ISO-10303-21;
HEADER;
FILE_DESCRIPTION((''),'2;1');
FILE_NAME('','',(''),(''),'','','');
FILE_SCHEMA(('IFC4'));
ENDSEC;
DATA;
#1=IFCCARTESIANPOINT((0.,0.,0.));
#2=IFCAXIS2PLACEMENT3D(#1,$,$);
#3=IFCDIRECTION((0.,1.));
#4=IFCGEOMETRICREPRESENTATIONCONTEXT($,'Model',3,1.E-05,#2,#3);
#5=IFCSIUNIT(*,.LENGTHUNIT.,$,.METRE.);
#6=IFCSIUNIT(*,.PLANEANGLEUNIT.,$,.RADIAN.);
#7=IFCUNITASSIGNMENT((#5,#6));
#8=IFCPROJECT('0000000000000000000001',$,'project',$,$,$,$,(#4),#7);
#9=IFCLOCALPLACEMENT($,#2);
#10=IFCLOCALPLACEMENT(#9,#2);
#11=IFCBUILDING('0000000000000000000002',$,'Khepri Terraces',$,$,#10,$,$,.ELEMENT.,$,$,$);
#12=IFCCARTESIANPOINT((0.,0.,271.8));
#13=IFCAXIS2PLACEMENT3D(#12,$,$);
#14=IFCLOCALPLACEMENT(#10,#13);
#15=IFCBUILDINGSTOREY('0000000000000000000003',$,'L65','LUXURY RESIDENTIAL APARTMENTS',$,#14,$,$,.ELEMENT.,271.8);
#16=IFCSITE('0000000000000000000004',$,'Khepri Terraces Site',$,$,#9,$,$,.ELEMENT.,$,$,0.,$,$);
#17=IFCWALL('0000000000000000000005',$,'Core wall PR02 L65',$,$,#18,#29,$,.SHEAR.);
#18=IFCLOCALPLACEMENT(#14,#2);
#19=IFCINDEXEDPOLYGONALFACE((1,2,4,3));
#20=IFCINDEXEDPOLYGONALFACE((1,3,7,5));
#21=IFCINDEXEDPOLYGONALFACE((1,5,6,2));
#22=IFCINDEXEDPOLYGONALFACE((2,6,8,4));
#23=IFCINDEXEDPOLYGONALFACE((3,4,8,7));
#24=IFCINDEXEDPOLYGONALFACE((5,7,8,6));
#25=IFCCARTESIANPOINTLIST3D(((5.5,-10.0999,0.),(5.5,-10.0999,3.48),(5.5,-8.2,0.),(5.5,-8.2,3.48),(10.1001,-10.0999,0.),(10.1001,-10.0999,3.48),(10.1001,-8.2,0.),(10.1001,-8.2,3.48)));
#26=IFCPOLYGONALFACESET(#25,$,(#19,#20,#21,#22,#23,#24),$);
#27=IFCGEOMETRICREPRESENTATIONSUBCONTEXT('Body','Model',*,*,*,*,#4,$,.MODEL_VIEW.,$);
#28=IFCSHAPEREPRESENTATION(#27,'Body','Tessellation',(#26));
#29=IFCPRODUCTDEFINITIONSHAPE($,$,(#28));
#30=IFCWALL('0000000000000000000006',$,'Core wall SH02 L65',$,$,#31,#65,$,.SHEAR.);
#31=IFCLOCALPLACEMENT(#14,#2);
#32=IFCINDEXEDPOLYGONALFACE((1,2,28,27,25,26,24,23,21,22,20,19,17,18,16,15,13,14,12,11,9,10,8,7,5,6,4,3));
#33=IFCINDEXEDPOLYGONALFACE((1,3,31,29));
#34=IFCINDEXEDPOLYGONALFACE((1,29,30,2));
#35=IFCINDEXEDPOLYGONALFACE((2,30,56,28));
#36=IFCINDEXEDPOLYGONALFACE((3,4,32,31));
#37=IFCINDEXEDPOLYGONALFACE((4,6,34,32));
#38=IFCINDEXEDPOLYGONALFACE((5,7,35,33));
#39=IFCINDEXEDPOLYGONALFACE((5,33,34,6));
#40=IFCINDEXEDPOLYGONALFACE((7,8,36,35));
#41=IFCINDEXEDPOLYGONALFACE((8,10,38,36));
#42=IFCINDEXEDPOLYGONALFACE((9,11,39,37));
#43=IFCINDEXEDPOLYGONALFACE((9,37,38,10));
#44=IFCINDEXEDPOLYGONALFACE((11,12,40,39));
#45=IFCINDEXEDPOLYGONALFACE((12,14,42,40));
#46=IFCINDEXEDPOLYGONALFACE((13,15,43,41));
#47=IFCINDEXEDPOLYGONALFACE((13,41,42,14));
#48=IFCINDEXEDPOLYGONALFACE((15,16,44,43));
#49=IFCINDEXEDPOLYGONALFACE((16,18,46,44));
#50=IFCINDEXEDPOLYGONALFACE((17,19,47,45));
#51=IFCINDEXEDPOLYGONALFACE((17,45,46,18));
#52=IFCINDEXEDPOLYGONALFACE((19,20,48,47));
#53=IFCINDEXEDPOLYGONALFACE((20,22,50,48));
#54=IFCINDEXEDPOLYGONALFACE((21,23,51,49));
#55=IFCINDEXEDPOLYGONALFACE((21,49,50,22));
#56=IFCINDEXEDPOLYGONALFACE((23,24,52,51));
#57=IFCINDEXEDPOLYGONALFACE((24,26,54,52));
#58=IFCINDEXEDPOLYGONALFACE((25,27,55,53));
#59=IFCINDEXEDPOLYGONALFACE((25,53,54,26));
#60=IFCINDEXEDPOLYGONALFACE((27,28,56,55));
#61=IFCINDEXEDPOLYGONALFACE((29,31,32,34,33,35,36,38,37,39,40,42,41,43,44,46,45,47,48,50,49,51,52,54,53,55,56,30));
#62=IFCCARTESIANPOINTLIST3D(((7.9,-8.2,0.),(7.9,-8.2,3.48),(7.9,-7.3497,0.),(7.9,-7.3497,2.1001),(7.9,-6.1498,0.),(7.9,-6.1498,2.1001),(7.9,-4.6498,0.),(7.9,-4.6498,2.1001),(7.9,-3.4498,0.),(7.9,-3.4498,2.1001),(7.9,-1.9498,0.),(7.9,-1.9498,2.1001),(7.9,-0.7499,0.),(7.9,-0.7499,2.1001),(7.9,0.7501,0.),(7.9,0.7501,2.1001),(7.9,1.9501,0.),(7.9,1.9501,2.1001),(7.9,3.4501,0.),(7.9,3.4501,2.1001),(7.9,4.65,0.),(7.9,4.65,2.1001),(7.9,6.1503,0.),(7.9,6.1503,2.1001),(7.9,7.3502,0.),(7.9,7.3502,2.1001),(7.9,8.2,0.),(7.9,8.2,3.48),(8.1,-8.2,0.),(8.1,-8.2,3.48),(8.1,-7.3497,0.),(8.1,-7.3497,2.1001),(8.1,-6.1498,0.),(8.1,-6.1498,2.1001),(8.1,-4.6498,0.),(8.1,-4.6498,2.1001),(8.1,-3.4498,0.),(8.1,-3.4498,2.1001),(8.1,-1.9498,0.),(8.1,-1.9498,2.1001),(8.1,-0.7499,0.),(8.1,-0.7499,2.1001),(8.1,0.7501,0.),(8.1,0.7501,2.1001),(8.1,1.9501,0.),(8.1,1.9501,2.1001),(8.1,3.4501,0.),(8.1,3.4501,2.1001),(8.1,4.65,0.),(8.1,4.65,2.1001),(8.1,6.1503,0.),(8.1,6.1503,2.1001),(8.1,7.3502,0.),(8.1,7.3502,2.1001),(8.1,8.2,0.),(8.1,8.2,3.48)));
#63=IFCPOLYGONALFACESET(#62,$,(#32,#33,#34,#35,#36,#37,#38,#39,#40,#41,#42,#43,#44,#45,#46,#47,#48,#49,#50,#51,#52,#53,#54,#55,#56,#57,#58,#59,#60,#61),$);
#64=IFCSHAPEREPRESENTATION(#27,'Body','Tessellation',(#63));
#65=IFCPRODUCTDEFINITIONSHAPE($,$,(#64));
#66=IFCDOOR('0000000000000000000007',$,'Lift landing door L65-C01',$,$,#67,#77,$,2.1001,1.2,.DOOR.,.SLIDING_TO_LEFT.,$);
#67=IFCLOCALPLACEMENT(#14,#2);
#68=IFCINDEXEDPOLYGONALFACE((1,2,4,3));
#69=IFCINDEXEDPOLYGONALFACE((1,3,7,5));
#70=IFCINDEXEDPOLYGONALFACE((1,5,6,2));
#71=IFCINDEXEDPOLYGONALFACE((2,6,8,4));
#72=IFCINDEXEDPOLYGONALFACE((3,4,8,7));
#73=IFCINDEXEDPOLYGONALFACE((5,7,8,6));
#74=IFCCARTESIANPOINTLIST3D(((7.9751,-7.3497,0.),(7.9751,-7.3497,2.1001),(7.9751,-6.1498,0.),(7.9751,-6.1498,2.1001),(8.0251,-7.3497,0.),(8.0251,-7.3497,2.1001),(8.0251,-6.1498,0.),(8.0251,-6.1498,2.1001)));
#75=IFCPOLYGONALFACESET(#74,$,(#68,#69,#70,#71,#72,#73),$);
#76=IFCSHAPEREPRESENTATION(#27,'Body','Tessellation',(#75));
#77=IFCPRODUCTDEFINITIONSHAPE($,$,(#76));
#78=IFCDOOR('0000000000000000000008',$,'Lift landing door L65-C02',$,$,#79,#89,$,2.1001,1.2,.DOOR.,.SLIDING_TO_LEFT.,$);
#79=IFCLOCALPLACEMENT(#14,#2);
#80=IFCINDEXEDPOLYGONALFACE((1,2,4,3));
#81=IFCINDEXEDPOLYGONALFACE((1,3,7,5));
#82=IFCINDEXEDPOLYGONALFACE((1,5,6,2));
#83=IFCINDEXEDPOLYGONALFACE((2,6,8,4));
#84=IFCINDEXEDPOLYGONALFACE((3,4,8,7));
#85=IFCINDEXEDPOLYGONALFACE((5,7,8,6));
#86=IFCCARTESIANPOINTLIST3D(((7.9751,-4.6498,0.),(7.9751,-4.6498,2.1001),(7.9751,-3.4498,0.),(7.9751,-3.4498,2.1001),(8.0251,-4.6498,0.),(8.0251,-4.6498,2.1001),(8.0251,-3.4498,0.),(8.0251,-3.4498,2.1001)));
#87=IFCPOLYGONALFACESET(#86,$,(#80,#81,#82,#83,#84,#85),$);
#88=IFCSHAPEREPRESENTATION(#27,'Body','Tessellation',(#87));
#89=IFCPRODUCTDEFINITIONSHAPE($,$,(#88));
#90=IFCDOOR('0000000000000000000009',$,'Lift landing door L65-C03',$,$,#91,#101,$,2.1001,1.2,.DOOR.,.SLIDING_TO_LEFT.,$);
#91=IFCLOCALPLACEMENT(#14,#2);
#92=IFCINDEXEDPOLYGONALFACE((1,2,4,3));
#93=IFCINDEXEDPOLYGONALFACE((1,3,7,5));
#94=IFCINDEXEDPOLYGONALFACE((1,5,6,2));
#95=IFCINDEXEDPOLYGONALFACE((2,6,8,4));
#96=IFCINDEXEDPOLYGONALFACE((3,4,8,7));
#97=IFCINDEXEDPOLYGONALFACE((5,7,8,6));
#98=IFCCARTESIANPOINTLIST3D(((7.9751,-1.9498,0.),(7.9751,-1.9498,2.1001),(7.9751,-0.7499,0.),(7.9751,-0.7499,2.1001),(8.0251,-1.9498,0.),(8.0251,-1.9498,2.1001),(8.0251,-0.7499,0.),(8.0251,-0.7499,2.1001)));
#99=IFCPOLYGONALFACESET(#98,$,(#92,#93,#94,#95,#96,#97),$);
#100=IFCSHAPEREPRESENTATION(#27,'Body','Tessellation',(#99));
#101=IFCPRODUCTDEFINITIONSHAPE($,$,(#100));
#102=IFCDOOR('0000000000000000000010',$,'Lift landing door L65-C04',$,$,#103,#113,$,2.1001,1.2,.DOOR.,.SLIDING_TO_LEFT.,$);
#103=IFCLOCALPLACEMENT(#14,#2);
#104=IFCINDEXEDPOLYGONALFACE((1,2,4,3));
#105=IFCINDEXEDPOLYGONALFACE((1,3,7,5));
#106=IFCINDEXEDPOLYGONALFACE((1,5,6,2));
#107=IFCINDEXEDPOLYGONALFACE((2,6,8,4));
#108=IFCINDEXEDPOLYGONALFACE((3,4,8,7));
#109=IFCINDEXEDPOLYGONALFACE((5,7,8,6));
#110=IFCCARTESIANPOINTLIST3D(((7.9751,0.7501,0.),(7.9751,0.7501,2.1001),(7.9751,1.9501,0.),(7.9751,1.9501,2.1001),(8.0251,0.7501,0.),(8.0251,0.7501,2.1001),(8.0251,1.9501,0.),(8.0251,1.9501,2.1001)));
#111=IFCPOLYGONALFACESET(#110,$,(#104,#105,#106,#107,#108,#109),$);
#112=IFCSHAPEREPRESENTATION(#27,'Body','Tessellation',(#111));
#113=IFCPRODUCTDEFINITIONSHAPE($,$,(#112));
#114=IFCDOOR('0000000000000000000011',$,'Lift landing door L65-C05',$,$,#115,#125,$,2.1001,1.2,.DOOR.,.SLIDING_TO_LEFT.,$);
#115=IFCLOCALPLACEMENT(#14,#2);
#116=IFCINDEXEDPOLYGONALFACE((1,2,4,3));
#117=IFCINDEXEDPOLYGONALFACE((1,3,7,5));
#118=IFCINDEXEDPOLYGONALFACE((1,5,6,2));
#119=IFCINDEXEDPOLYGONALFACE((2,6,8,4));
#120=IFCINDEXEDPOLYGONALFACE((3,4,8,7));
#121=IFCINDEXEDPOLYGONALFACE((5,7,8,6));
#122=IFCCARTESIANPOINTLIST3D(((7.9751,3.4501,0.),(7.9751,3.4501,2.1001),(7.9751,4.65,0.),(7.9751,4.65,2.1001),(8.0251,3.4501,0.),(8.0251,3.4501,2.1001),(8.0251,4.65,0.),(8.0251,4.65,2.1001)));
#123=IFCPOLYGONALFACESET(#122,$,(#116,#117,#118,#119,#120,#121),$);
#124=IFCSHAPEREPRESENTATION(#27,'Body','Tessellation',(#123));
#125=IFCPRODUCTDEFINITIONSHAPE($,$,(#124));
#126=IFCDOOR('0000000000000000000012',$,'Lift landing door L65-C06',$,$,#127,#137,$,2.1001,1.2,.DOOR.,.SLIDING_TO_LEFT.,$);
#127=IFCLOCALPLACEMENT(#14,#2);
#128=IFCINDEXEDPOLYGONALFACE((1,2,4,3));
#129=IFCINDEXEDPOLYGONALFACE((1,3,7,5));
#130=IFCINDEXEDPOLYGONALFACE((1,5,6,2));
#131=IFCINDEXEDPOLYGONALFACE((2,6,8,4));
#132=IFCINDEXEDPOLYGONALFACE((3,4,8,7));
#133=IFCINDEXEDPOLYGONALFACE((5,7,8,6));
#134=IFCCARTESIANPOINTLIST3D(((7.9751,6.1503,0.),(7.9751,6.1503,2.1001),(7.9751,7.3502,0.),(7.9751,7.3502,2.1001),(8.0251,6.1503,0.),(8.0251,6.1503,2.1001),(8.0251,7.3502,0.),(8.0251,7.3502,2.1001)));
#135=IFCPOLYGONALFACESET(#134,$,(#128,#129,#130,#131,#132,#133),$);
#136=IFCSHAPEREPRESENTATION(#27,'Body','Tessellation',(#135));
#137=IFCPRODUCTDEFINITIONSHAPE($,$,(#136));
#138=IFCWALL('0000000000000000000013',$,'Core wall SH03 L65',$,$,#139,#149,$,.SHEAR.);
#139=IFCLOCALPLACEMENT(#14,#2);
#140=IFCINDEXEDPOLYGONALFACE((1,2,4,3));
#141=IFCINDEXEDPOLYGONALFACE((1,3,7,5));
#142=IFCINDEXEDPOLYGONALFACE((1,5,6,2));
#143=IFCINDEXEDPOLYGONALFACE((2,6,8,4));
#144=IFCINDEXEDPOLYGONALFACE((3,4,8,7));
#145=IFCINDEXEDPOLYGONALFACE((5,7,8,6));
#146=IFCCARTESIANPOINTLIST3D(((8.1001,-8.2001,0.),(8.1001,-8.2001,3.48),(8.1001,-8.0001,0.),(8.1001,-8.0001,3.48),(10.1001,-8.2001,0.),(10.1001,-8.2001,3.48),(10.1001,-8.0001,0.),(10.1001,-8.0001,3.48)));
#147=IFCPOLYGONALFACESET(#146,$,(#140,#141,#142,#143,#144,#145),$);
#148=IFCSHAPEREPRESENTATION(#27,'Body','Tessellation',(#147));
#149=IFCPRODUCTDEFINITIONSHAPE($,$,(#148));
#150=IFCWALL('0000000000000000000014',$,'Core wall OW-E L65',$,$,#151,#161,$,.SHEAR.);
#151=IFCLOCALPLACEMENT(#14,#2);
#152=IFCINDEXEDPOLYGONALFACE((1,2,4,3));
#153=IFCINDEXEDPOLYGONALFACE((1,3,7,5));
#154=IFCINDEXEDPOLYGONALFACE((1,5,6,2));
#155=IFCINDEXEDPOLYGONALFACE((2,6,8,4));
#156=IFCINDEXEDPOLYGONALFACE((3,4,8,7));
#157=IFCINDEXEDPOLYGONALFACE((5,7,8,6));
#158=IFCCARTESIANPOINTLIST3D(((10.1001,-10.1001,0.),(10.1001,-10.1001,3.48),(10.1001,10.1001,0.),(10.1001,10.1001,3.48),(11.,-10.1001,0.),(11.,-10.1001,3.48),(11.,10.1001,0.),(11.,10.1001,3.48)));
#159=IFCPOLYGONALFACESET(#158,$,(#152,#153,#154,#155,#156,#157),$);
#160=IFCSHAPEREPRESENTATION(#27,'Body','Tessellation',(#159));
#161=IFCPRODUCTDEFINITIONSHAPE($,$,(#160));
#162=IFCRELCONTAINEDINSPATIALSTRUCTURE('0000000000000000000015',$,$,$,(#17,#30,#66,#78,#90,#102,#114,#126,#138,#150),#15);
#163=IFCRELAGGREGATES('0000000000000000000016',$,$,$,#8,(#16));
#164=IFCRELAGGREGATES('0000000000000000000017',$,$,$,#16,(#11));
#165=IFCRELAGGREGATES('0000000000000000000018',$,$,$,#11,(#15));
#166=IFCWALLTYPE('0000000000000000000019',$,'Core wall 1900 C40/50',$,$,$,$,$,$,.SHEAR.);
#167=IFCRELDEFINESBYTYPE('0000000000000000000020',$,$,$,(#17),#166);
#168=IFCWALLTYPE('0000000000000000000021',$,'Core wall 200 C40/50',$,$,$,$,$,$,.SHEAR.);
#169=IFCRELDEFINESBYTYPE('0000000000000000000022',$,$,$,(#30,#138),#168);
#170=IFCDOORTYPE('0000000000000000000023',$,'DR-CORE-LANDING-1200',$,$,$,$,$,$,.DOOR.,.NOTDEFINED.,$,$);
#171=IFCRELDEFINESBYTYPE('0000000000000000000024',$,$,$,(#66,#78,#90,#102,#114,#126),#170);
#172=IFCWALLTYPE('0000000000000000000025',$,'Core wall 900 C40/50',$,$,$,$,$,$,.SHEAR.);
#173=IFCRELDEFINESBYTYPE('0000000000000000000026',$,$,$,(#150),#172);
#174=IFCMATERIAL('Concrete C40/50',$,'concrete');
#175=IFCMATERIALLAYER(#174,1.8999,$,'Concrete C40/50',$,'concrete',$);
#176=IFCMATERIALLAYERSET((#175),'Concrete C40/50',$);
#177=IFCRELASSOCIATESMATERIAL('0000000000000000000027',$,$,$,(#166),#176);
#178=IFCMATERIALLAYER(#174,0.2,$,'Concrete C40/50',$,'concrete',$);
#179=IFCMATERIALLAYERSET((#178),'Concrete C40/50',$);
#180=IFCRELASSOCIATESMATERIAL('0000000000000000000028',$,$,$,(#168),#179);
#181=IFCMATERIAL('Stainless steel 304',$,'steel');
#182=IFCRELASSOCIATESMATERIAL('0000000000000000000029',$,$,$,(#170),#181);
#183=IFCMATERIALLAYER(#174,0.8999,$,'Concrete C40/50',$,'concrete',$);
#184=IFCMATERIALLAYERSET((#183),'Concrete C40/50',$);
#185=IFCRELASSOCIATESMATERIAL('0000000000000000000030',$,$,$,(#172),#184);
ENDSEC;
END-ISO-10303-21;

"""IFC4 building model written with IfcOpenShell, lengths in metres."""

from ifc_helpers import new_model, si_unit, direction, frame, frame_2d, origin, place, context, subcontext, project, spatial, rectangle, extrude, material, layer, layer_set, type_object, element, fill, save


model = new_model("IFC4")

# Units and contexts
model_context = context("Model", 3, precision=1e-05, world=origin(), true_north=direction((0.0, 1.0)))
body_context = subcontext(model_context, "Body", "Model", "MODEL_VIEW")
ifc_project = project(units=[si_unit("LENGTHUNIT", "METRE"), si_unit("PLANEANGLEUNIT", "RADIAN")], contexts=[model_context])

# Site, building, storey
site_placement = place(None, origin())
site = spatial("IfcSite", under=ifc_project, at=site_placement, Name="Khepri Terraces Site", CompositionType="ELEMENT", RefElevation=0.0)
building_placement = place(site_placement, origin())
building = spatial("IfcBuilding", under=site, at=building_placement, Name="Khepri Terraces", CompositionType="ELEMENT")
storey_placement = place(building_placement, frame((0.0, 0.0, 271.8)))
storey = spatial("IfcBuildingStorey", under=building, at=storey_placement, Name="L65", Description="LUXURY RESIDENTIAL APARTMENTS", CompositionType="ELEMENT", Elevation=271.8)

# Wall
ifc_material_1 = material(Name="Concrete C40/50", Category="concrete")
ifc_layer_1 = layer(ifc_material_1, 1.8999, Name="Concrete C40/50", Category="concrete")
ifc_layer_set_1 = layer_set([ifc_layer_1], Name="Concrete C40/50")
wall_type_1 = type_object("IfcWallType", Name="Core wall 1900 C40/50", PredefinedType="SHEAR", material=ifc_layer_set_1)
wall_1_placement = place(storey_placement, frame((5.5, -9.1499, 0.0), z_axis=(0.0, 0.0, 1.0), x_axis=(1.0, 0.0, 0.0)))
element("IfcWall", 1, at=wall_1_placement, inside=storey, type_object=wall_type_1, Name="Core wall PR02 L65", PredefinedType="SHEAR", context=body_context, shape_type="SweptSolid", body=[
    extrude(rectangle(XDim=4.6001, YDim=1.8999, at=frame_2d((2.3, 0.0))), origin(), (0.0, 0.0, 1.0), 3.48),
])

# Wall, openings, doors
ifc_layer_2 = layer(ifc_material_1, 0.2, Name="Concrete C40/50", Category="concrete")
ifc_layer_set_2 = layer_set([ifc_layer_2], Name="Concrete C40/50")
wall_type_2 = type_object("IfcWallType", Name="Core wall 200 C40/50", PredefinedType="SHEAR", material=ifc_layer_set_2)
wall_2_placement = place(storey_placement, frame((8.0, -8.2, 0.0), z_axis=(0.0, 0.0, 1.0), x_axis=(0.0, 1.0, 0.0)))
wall_2 = element("IfcWall", 2, at=wall_2_placement, inside=storey, type_object=wall_type_2, Name="Core wall SH02 L65", PredefinedType="SHEAR", context=body_context, shape_type="SweptSolid", body=[
    extrude(rectangle(XDim=16.3999, YDim=0.2, at=frame_2d((8.2, 0.0))), origin(), (0.0, 0.0, 1.0), 3.48),
])
opening_1_placement = place(wall_2_placement, frame((0.8501, 0.0, 0.0)))
opening_1 = element("IfcOpeningElement", 3, at=opening_1_placement, cuts=wall_2, PredefinedType="OPENING", context=body_context, shape_type="SweptSolid", body=[
    extrude(rectangle(XDim=1.2, YDim=2.1001, at=frame_2d((0.6001, 1.05))), frame((0.0, 0.1099, 0.0), z_axis=(0.0, -1.0, 0.0), x_axis=(1.0, 0.0, 0.0)), (0.0, 0.0, 1.0), 0.22),
])
opening_2_placement = place(wall_2_placement, frame((3.55, 0.0, 0.0)))
opening_2 = element("IfcOpeningElement", 4, at=opening_2_placement, cuts=wall_2, PredefinedType="OPENING", context=body_context, shape_type="SweptSolid", body=[
    extrude(rectangle(XDim=1.2, YDim=2.1001, at=frame_2d((0.6001, 1.05))), frame((0.0, 0.1099, 0.0), z_axis=(0.0, -1.0, 0.0), x_axis=(1.0, 0.0, 0.0)), (0.0, 0.0, 1.0), 0.22),
])
opening_3_placement = place(wall_2_placement, frame((6.25, 0.0, 0.0)))
opening_3 = element("IfcOpeningElement", 5, at=opening_3_placement, cuts=wall_2, PredefinedType="OPENING", context=body_context, shape_type="SweptSolid", body=[
    extrude(rectangle(XDim=1.2, YDim=2.1001, at=frame_2d((0.6001, 1.05))), frame((0.0, 0.1099, 0.0), z_axis=(0.0, -1.0, 0.0), x_axis=(1.0, 0.0, 0.0)), (0.0, 0.0, 1.0), 0.22),
])
opening_4_placement = place(wall_2_placement, frame((8.95, 0.0, 0.0)))
opening_4 = element("IfcOpeningElement", 6, at=opening_4_placement, cuts=wall_2, PredefinedType="OPENING", context=body_context, shape_type="SweptSolid", body=[
    extrude(rectangle(XDim=1.2, YDim=2.1001, at=frame_2d((0.6001, 1.05))), frame((0.0, 0.1099, 0.0), z_axis=(0.0, -1.0, 0.0), x_axis=(1.0, 0.0, 0.0)), (0.0, 0.0, 1.0), 0.22),
])
opening_5_placement = place(wall_2_placement, frame((11.6499, 0.0, 0.0)))
opening_5 = element("IfcOpeningElement", 7, at=opening_5_placement, cuts=wall_2, PredefinedType="OPENING", context=body_context, shape_type="SweptSolid", body=[
    extrude(rectangle(XDim=1.2, YDim=2.1001, at=frame_2d((0.6001, 1.05))), frame((0.0, 0.1099, 0.0), z_axis=(0.0, -1.0, 0.0), x_axis=(1.0, 0.0, 0.0)), (0.0, 0.0, 1.0), 0.22),
])
opening_6_placement = place(wall_2_placement, frame((14.3501, 0.0, 0.0)))
opening_6 = element("IfcOpeningElement", 8, at=opening_6_placement, cuts=wall_2, PredefinedType="OPENING", context=body_context, shape_type="SweptSolid", body=[
    extrude(rectangle(XDim=1.2, YDim=2.1001, at=frame_2d((0.6001, 1.05))), frame((0.0, 0.1099, 0.0), z_axis=(0.0, -1.0, 0.0), x_axis=(1.0, 0.0, 0.0)), (0.0, 0.0, 1.0), 0.22),
])
ifc_material_2 = material(Name="Stainless steel 304", Category="steel")
door_type_1 = type_object("IfcDoorType", Name="DR-CORE-LANDING-1200", OperationType="NOTDEFINED", PredefinedType="DOOR", material=ifc_material_2)
door_1_placement = place(opening_1_placement, origin())
door_1 = element("IfcDoor", 9, at=door_1_placement, inside=storey, type_object=door_type_1, Name="Lift landing door L65-C01", OperationType="SLIDING_TO_LEFT", OverallHeight=2.1001, OverallWidth=1.2, PredefinedType="DOOR", context=body_context, shape_type="SweptSolid", body=[
    extrude(rectangle(XDim=1.2, YDim=2.1001, at=frame_2d((0.6001, 1.05))), frame((0.0, 0.0249, 0.0), z_axis=(0.0, -1.0, 0.0), x_axis=(1.0, 0.0, 0.0)), (0.0, 0.0, 1.0), 0.05),
])
fill(opening_1, door_1)
door_2_placement = place(opening_2_placement, origin())
door_2 = element("IfcDoor", 10, at=door_2_placement, inside=storey, type_object=door_type_1, Name="Lift landing door L65-C02", OperationType="SLIDING_TO_LEFT", OverallHeight=2.1001, OverallWidth=1.2, PredefinedType="DOOR", context=body_context, shape_type="SweptSolid", body=[
    extrude(rectangle(XDim=1.2, YDim=2.1001, at=frame_2d((0.6001, 1.05))), frame((0.0, 0.0249, 0.0), z_axis=(0.0, -1.0, 0.0), x_axis=(1.0, 0.0, 0.0)), (0.0, 0.0, 1.0), 0.05),
])
fill(opening_2, door_2)
door_3_placement = place(opening_3_placement, origin())
door_3 = element("IfcDoor", 11, at=door_3_placement, inside=storey, type_object=door_type_1, Name="Lift landing door L65-C03", OperationType="SLIDING_TO_LEFT", OverallHeight=2.1001, OverallWidth=1.2, PredefinedType="DOOR", context=body_context, shape_type="SweptSolid", body=[
    extrude(rectangle(XDim=1.2, YDim=2.1001, at=frame_2d((0.6001, 1.05))), frame((0.0, 0.0249, 0.0), z_axis=(0.0, -1.0, 0.0), x_axis=(1.0, 0.0, 0.0)), (0.0, 0.0, 1.0), 0.05),
])
fill(opening_3, door_3)
door_4_placement = place(opening_4_placement, origin())
door_4 = element("IfcDoor", 12, at=door_4_placement, inside=storey, type_object=door_type_1, Name="Lift landing door L65-C04", OperationType="SLIDING_TO_LEFT", OverallHeight=2.1001, OverallWidth=1.2, PredefinedType="DOOR", context=body_context, shape_type="SweptSolid", body=[
    extrude(rectangle(XDim=1.2, YDim=2.1001, at=frame_2d((0.6001, 1.05))), frame((0.0, 0.0249, 0.0), z_axis=(0.0, -1.0, 0.0), x_axis=(1.0, 0.0, 0.0)), (0.0, 0.0, 1.0), 0.05),
])
fill(opening_4, door_4)
door_5_placement = place(opening_5_placement, origin())
door_5 = element("IfcDoor", 13, at=door_5_placement, inside=storey, type_object=door_type_1, Name="Lift landing door L65-C05", OperationType="SLIDING_TO_LEFT", OverallHeight=2.1001, OverallWidth=1.2, PredefinedType="DOOR", context=body_context, shape_type="SweptSolid", body=[
    extrude(rectangle(XDim=1.2, YDim=2.1001, at=frame_2d((0.6001, 1.05))), frame((0.0, 0.0249, 0.0), z_axis=(0.0, -1.0, 0.0), x_axis=(1.0, 0.0, 0.0)), (0.0, 0.0, 1.0), 0.05),
])
fill(opening_5, door_5)
door_6_placement = place(opening_6_placement, origin())
door_6 = element("IfcDoor", 14, at=door_6_placement, inside=storey, type_object=door_type_1, Name="Lift landing door L65-C06", OperationType="SLIDING_TO_LEFT", OverallHeight=2.1001, OverallWidth=1.2, PredefinedType="DOOR", context=body_context, shape_type="SweptSolid", body=[
    extrude(rectangle(XDim=1.2, YDim=2.1001, at=frame_2d((0.6001, 1.05))), frame((0.0, 0.0249, 0.0), z_axis=(0.0, -1.0, 0.0), x_axis=(1.0, 0.0, 0.0)), (0.0, 0.0, 1.0), 0.05),
])
fill(opening_6, door_6)

# Walls
wall_3_placement = place(storey_placement, frame((8.1001, -8.1001, 0.0), z_axis=(0.0, 0.0, 1.0), x_axis=(1.0, 0.0, 0.0)))
element("IfcWall", 15, at=wall_3_placement, inside=storey, type_object=wall_type_2, Name="Core wall SH03 L65", PredefinedType="SHEAR", context=body_context, shape_type="SweptSolid", body=[
    extrude(rectangle(XDim=2.0, YDim=0.2, at=frame_2d((1.0, 0.0))), origin(), (0.0, 0.0, 1.0), 3.48),
])
ifc_layer_3 = layer(ifc_material_1, 0.8999, Name="Concrete C40/50", Category="concrete")
ifc_layer_set_3 = layer_set([ifc_layer_3], Name="Concrete C40/50")
wall_type_3 = type_object("IfcWallType", Name="Core wall 900 C40/50", PredefinedType="SHEAR", material=ifc_layer_set_3)
wall_4_placement = place(storey_placement, frame((10.55, -10.1001, 0.0), z_axis=(0.0, 0.0, 1.0), x_axis=(0.0, 1.0, 0.0)))
element("IfcWall", 16, at=wall_4_placement, inside=storey, type_object=wall_type_3, Name="Core wall OW-E L65", PredefinedType="SHEAR", context=body_context, shape_type="SweptSolid", body=[
    extrude(rectangle(XDim=20.2002, YDim=0.8999, at=frame_2d((10.1001, 0.0))), origin(), (0.0, 0.0, 1.0), 3.48),
])

save(model, "model.ifc")
